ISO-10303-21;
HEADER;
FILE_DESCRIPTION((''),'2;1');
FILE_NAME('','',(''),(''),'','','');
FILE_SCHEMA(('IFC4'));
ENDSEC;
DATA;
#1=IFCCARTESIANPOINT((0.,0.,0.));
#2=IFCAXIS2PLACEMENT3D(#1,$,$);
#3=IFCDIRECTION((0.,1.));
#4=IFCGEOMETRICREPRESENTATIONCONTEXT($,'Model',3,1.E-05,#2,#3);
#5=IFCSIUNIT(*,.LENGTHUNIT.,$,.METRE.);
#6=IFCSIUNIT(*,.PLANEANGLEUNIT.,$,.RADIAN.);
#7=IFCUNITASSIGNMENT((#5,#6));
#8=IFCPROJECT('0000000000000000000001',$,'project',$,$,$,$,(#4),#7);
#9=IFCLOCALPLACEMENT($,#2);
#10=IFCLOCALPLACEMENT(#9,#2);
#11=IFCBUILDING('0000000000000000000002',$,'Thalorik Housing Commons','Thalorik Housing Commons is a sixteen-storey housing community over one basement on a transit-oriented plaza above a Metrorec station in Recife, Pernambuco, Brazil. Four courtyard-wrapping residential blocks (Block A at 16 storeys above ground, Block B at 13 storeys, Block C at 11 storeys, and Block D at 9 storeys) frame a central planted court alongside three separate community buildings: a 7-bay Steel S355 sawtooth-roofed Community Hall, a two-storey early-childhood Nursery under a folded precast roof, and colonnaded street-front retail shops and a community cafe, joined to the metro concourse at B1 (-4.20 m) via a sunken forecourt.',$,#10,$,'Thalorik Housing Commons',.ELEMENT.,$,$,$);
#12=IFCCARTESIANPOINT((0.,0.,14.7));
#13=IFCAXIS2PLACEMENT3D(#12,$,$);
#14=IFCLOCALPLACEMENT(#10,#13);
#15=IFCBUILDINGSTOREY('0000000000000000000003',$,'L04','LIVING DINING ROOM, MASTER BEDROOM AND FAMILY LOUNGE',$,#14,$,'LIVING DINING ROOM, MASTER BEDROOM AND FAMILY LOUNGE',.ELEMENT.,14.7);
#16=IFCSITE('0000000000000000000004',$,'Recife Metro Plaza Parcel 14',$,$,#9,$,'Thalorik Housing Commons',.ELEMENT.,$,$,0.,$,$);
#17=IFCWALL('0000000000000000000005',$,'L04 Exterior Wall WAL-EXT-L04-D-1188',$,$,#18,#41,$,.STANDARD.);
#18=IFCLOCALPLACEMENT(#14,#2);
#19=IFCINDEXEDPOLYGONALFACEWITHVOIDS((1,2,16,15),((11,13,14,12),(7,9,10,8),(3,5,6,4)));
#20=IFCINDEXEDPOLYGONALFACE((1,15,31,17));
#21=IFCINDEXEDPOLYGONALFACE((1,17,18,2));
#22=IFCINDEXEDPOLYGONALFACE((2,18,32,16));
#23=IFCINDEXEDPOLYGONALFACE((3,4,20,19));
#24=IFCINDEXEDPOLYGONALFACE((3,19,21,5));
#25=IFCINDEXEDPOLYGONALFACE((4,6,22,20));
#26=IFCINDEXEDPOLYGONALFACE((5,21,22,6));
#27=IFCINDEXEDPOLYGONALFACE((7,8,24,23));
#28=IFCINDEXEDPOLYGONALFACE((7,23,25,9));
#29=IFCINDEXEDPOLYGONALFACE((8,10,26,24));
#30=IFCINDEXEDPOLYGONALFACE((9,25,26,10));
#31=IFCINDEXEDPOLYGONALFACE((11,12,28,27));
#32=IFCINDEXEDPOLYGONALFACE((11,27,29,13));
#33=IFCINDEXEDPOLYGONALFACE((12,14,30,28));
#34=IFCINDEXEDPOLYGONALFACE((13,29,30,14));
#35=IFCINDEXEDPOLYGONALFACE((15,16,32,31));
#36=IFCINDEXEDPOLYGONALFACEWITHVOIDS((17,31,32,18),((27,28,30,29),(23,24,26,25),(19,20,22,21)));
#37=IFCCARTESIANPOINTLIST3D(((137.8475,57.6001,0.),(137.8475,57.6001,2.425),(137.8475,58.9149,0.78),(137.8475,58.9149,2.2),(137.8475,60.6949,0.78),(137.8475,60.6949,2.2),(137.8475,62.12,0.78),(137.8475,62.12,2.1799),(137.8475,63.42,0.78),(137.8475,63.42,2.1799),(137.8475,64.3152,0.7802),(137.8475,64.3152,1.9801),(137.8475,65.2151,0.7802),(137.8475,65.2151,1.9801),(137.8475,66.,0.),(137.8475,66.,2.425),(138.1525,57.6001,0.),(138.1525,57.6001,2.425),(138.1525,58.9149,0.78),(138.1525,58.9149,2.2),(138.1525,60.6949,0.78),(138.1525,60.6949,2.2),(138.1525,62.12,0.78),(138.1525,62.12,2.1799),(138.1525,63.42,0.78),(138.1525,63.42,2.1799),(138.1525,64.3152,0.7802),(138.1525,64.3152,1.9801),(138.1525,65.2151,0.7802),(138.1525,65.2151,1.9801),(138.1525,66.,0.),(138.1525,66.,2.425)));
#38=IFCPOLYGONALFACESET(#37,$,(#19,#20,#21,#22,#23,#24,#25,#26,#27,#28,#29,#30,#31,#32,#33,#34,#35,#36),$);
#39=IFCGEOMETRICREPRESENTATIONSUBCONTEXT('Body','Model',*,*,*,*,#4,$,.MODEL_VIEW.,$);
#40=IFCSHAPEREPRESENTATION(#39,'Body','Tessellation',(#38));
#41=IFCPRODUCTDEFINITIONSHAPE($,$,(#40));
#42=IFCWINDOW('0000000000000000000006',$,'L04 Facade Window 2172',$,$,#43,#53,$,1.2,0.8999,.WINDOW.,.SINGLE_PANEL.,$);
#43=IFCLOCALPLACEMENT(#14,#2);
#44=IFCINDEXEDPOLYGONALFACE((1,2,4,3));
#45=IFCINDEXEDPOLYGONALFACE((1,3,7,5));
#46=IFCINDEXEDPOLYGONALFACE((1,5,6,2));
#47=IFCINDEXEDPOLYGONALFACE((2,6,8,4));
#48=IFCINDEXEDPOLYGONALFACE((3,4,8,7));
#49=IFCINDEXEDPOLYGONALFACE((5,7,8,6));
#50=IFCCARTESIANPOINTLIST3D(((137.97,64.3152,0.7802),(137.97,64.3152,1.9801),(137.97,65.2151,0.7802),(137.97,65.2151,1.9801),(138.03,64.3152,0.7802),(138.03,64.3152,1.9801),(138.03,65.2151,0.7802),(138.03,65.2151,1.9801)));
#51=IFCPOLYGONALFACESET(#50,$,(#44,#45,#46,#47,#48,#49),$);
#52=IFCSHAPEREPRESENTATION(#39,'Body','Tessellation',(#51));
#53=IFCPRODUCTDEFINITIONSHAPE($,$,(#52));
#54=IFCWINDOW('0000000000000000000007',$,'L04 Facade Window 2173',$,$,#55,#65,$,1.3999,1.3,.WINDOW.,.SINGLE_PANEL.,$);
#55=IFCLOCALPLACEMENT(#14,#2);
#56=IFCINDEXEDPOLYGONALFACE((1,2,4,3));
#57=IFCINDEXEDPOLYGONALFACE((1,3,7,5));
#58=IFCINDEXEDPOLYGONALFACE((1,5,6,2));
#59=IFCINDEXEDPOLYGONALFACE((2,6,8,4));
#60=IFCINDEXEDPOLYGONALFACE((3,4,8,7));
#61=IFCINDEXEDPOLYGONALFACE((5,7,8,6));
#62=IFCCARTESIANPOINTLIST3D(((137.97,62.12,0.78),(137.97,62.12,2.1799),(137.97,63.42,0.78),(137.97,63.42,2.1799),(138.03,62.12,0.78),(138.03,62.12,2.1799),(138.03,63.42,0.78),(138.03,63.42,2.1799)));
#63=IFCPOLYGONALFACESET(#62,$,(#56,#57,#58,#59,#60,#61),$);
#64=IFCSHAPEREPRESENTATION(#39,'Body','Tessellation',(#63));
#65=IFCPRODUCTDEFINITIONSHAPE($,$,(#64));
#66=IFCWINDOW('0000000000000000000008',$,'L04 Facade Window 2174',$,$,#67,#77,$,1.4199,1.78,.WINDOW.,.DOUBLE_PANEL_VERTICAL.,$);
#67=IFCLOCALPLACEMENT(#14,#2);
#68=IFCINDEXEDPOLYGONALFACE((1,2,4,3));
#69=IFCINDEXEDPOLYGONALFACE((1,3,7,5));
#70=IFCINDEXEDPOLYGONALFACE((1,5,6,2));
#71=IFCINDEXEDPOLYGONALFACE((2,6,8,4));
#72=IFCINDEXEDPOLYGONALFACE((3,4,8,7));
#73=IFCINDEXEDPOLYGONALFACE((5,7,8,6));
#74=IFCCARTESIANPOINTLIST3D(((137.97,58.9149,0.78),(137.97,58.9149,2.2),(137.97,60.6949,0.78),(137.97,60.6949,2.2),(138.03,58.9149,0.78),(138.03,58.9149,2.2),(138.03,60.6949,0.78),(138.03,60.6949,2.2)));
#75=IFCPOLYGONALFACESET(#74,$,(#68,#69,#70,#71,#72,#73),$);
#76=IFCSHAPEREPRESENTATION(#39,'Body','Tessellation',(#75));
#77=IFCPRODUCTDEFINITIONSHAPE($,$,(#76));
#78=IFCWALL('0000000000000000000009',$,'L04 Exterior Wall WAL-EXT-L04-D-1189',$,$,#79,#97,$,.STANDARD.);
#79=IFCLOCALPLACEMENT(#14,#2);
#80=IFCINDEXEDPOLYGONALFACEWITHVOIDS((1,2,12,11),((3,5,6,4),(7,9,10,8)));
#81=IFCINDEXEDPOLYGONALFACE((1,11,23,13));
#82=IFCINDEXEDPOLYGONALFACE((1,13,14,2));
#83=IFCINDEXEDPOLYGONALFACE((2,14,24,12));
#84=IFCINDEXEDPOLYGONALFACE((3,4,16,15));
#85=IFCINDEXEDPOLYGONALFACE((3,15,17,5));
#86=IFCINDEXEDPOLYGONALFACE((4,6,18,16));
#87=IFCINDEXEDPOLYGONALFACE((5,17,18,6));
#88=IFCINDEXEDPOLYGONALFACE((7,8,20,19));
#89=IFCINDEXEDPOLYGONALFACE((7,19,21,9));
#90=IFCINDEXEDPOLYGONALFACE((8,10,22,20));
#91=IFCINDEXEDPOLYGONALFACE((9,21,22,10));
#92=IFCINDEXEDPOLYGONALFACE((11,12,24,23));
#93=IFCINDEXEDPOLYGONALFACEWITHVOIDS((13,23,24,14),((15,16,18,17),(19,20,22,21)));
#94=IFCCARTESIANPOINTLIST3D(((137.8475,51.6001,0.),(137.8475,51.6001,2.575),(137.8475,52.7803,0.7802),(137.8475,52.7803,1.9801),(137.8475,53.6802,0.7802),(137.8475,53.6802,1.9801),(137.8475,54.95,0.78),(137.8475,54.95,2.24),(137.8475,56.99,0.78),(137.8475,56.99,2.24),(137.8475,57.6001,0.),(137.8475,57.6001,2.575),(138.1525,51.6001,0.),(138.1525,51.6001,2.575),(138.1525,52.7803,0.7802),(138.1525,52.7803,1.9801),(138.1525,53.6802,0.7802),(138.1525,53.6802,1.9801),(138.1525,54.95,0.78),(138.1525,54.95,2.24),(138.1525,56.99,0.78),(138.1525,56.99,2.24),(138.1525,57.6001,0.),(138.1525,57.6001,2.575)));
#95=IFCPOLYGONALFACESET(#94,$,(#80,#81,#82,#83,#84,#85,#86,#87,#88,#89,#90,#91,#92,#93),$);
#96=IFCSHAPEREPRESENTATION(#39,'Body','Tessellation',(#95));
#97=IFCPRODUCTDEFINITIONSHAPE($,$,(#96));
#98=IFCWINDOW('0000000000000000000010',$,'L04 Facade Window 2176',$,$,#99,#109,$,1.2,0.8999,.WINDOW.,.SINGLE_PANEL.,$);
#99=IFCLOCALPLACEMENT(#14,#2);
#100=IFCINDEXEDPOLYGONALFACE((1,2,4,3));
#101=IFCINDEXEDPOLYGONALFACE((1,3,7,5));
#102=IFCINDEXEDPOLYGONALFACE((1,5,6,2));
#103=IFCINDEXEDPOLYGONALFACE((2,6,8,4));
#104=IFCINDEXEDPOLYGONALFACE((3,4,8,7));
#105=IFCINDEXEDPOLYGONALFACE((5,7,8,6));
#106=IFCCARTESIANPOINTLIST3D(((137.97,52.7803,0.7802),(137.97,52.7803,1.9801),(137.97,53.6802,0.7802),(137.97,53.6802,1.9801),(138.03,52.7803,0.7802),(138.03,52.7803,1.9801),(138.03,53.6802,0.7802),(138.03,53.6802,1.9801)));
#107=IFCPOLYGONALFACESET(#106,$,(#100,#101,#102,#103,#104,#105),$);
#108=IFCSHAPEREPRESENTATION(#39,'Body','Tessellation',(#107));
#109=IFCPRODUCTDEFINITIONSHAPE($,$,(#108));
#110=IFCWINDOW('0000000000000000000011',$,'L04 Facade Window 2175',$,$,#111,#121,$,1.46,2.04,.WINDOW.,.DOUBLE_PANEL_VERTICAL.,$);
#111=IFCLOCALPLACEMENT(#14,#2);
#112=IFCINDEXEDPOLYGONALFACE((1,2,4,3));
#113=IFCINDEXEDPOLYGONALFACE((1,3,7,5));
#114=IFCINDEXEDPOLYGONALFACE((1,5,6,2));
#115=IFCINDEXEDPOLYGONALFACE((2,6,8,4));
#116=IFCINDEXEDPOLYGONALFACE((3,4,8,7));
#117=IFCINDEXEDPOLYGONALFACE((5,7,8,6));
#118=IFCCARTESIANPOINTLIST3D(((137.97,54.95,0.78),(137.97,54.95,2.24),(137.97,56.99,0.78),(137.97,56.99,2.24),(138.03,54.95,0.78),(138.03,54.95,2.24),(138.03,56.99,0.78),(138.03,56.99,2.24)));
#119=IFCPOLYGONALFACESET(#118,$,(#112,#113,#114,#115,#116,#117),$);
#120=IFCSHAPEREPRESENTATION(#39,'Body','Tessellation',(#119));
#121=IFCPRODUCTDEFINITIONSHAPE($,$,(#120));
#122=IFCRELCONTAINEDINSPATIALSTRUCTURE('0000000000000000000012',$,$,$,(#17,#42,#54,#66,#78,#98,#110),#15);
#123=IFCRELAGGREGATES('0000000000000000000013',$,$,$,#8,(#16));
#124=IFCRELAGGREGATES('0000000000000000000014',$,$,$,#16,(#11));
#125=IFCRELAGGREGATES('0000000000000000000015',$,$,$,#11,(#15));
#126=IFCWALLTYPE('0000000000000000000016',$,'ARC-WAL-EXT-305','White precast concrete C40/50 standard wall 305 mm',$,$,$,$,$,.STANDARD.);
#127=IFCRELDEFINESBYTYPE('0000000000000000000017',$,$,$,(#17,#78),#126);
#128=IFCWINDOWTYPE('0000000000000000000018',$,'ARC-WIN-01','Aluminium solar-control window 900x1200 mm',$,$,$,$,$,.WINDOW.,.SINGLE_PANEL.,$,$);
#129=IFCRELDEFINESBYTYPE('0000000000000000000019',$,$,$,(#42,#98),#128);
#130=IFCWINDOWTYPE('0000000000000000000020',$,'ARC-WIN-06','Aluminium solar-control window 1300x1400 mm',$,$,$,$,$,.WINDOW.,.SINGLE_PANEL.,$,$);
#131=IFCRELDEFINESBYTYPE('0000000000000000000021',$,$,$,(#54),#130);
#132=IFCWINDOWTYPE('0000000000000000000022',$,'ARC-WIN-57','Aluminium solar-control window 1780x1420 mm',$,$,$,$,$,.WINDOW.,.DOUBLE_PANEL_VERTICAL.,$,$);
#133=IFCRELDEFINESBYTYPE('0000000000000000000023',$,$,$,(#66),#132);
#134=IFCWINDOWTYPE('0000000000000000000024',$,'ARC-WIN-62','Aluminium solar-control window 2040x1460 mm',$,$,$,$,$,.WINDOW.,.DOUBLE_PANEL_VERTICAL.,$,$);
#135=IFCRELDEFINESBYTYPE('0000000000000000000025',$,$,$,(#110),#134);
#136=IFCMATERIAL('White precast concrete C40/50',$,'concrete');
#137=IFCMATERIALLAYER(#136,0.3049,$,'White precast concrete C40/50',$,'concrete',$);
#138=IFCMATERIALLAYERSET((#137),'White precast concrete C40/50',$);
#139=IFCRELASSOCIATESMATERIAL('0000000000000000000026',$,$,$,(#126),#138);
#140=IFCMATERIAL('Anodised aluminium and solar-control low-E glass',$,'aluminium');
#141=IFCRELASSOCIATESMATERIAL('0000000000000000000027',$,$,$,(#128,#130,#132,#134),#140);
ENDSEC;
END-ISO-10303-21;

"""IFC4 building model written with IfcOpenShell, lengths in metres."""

from ifc_helpers import new_model, si_unit, direction, frame, frame_2d, origin, place, context, subcontext, project, spatial, rectangle, extrude, material, layer, layer_set, type_object, element, fill, save


model = new_model("IFC4")

# Units and contexts
model_context = context("Model", 3, precision=1e-05, world=origin(), true_north=direction((0.0, 1.0)))
body_context = subcontext(model_context, "Body", "Model", "MODEL_VIEW")
ifc_project = project(units=[si_unit("LENGTHUNIT", "METRE"), si_unit("PLANEANGLEUNIT", "RADIAN")], contexts=[model_context])

# Site, building, storey
site_placement = place(None, origin())
site = spatial("IfcSite", under=ifc_project, at=site_placement, Name="Recife Metro Plaza Parcel 14", LongName="Thalorik Housing Commons", CompositionType="ELEMENT", RefElevation=0.0)
building_placement = place(site_placement, origin())
building = spatial("IfcBuilding", under=site, at=building_placement, Name="Thalorik Housing Commons", Description="Thalorik Housing Commons is a sixteen-storey housing community over one basement on a transit-oriented plaza above a Metrorec station in Recife, Pernambuco, Brazil. Four courtyard-wrapping residential blocks (Block A at 16 storeys above ground, Block B at 13 storeys, Block C at 11 storeys, and Block D at 9 storeys) frame a central planted court alongside three separate community buildings: a 7-bay Steel S355 sawtooth-roofed Community Hall, a two-storey early-childhood Nursery under a folded precast roof, and colonnaded street-front retail shops and a community cafe, joined to the metro concourse at B1 (-4.20 m) via a sunken forecourt.", LongName="Thalorik Housing Commons", CompositionType="ELEMENT")
storey_placement = place(building_placement, frame((0.0, 0.0, 14.7)))
storey = spatial("IfcBuildingStorey", under=building, at=storey_placement, Name="L04", Description="LIVING DINING ROOM, MASTER BEDROOM AND FAMILY LOUNGE", LongName="LIVING DINING ROOM, MASTER BEDROOM AND FAMILY LOUNGE", CompositionType="ELEMENT", Elevation=14.7)

# Walls, openings, windows
ifc_material_1 = material(Name="White precast concrete C40/50", Category="concrete")
ifc_layer_1 = layer(ifc_material_1, 0.3049, Name="White precast concrete C40/50", Category="concrete")
ifc_layer_set_1 = layer_set([ifc_layer_1], Name="White precast concrete C40/50")
wall_type_1 = type_object("IfcWallType", Name="ARC-WAL-EXT-305", Description="White precast concrete C40/50 standard wall 305 mm", PredefinedType="STANDARD", material=ifc_layer_set_1)
wall_1_placement = place(storey_placement, frame((138.0, 66.0, 0.0), z_axis=(0.0, 0.0, 1.0), x_axis=(0.0, -1.0, 0.0)))
wall_1 = element("IfcWall", 1, at=wall_1_placement, inside=storey, type_object=wall_type_1, Name="L04 Exterior Wall WAL-EXT-L04-D-1188", PredefinedType="STANDARD", context=body_context, shape_type="SweptSolid", body=[
    extrude(rectangle(XDim=8.3999, YDim=0.3049, at=frame_2d((4.2, 0.0))), origin(), (0.0, 0.0, 1.0), 2.425),
])
opening_1_placement = place(wall_1_placement, frame((0.7849, 0.0, 0.78)))
opening_1 = element("IfcOpeningElement", 2, at=opening_1_placement, cuts=wall_1, PredefinedType="OPENING", context=body_context, shape_type="SweptSolid", body=[
    extrude(rectangle(XDim=0.8999, YDim=1.2, at=frame_2d((0.45, 0.6001))), frame((0.0, 0.1626, 0.0), z_axis=(0.0, -1.0, 0.0), x_axis=(1.0, 0.0, 0.0)), (0.0, 0.0, 1.0), 0.325),
])
opening_2_placement = place(wall_1_placement, frame((2.5801, 0.0, 0.78)))
opening_2 = element("IfcOpeningElement", 3, at=opening_2_placement, cuts=wall_1, PredefinedType="OPENING", context=body_context, shape_type="SweptSolid", body=[
    extrude(rectangle(XDim=1.3, YDim=1.3999, at=frame_2d((0.6499, 0.7))), frame((0.0, 0.1626, 0.0), z_axis=(0.0, -1.0, 0.0), x_axis=(1.0, 0.0, 0.0)), (0.0, 0.0, 1.0), 0.325),
])
opening_3_placement = place(wall_1_placement, frame((5.3049, 0.0, 0.78)))
opening_3 = element("IfcOpeningElement", 4, at=opening_3_placement, cuts=wall_1, PredefinedType="OPENING", context=body_context, shape_type="SweptSolid", body=[
    extrude(rectangle(XDim=1.78, YDim=1.4199, at=frame_2d((0.8901, 0.71))), frame((0.0, 0.1626, 0.0), z_axis=(0.0, -1.0, 0.0), x_axis=(1.0, 0.0, 0.0)), (0.0, 0.0, 1.0), 0.325),
])
ifc_material_2 = material(Name="Anodised aluminium and solar-control low-E glass", Category="aluminium")
window_type_1 = type_object("IfcWindowType", Name="ARC-WIN-01", Description="Aluminium solar-control window 900x1200 mm", PartitioningType="SINGLE_PANEL", PredefinedType="WINDOW", material=ifc_material_2)
window_1_placement = place(opening_1_placement, origin())
window_1 = element("IfcWindow", 5, at=window_1_placement, inside=storey, type_object=window_type_1, Name="L04 Facade Window 2172", OverallHeight=1.2, OverallWidth=0.8999, PartitioningType="SINGLE_PANEL", PredefinedType="WINDOW", context=body_context, shape_type="SweptSolid", body=[
    extrude(rectangle(XDim=0.8999, YDim=1.2, at=frame_2d((0.45, 0.6001))), frame((0.0, 0.03, 0.0), z_axis=(0.0, -1.0, 0.0), x_axis=(1.0, 0.0, 0.0)), (0.0, 0.0, 1.0), 0.0601),
])
fill(opening_1, window_1)
window_type_2 = type_object("IfcWindowType", Name="ARC-WIN-06", Description="Aluminium solar-control window 1300x1400 mm", PartitioningType="SINGLE_PANEL", PredefinedType="WINDOW", material=ifc_material_2)
window_2_placement = place(opening_2_placement, origin())
window_2 = element("IfcWindow", 6, at=window_2_placement, inside=storey, type_object=window_type_2, Name="L04 Facade Window 2173", OverallHeight=1.3999, OverallWidth=1.3, PartitioningType="SINGLE_PANEL", PredefinedType="WINDOW", context=body_context, shape_type="SweptSolid", body=[
    extrude(rectangle(XDim=1.3, YDim=1.3999, at=frame_2d((0.6499, 0.7))), frame((0.0, 0.03, 0.0), z_axis=(0.0, -1.0, 0.0), x_axis=(1.0, 0.0, 0.0)), (0.0, 0.0, 1.0), 0.0601),
])
fill(opening_2, window_2)
window_type_3 = type_object("IfcWindowType", Name="ARC-WIN-57", Description="Aluminium solar-control window 1780x1420 mm", PartitioningType="DOUBLE_PANEL_VERTICAL", PredefinedType="WINDOW", material=ifc_material_2)
window_3_placement = place(opening_3_placement, origin())
window_3 = element("IfcWindow", 7, at=window_3_placement, inside=storey, type_object=window_type_3, Name="L04 Facade Window 2174", OverallHeight=1.4199, OverallWidth=1.78, PartitioningType="DOUBLE_PANEL_VERTICAL", PredefinedType="WINDOW", context=body_context, shape_type="SweptSolid", body=[
    extrude(rectangle(XDim=1.78, YDim=1.4199, at=frame_2d((0.8901, 0.71))), frame((0.0, 0.03, 0.0), z_axis=(0.0, -1.0, 0.0), x_axis=(1.0, 0.0, 0.0)), (0.0, 0.0, 1.0), 0.0601),
])
fill(opening_3, window_3)
wall_2_placement = place(storey_placement, frame((138.0, 57.6001, 0.0), z_axis=(0.0, 0.0, 1.0), x_axis=(0.0, -1.0, 0.0)))
wall_2 = element("IfcWall", 8, at=wall_2_placement, inside=storey, type_object=wall_type_1, Name="L04 Exterior Wall WAL-EXT-L04-D-1189", PredefinedType="STANDARD", context=body_context, shape_type="SweptSolid", body=[
    extrude(rectangle(XDim=6.0, YDim=0.3049, at=frame_2d((3.0, 0.0))), origin(), (0.0, 0.0, 1.0), 2.575),
])
opening_4_placement = place(wall_2_placement, frame((0.6101, 0.0, 0.78)))
opening_4 = element("IfcOpeningElement", 9, at=opening_4_placement, cuts=wall_2, PredefinedType="OPENING", context=body_context, shape_type="SweptSolid", body=[
    extrude(rectangle(XDim=2.04, YDim=1.46, at=frame_2d((1.02, 0.73))), frame((0.0, 0.1626, 0.0), z_axis=(0.0, -1.0, 0.0), x_axis=(1.0, 0.0, 0.0)), (0.0, 0.0, 1.0), 0.325),
])
opening_5_placement = place(wall_2_placement, frame((3.9199, 0.0, 0.78)))
opening_5 = element("IfcOpeningElement", 10, at=opening_5_placement, cuts=wall_2, PredefinedType="OPENING", context=body_context, shape_type="SweptSolid", body=[
    extrude(rectangle(XDim=0.8999, YDim=1.2, at=frame_2d((0.45, 0.6001))), frame((0.0, 0.1626, 0.0), z_axis=(0.0, -1.0, 0.0), x_axis=(1.0, 0.0, 0.0)), (0.0, 0.0, 1.0), 0.325),
])
window_4_placement = place(opening_5_placement, origin())
window_4 = element("IfcWindow", 11, at=window_4_placement, inside=storey, type_object=window_type_1, Name="L04 Facade Window 2176", OverallHeight=1.2, OverallWidth=0.8999, PartitioningType="SINGLE_PANEL", PredefinedType="WINDOW", context=body_context, shape_type="SweptSolid", body=[
    extrude(rectangle(XDim=0.8999, YDim=1.2, at=frame_2d((0.45, 0.6001))), frame((0.0, 0.03, 0.0), z_axis=(0.0, -1.0, 0.0), x_axis=(1.0, 0.0, 0.0)), (0.0, 0.0, 1.0), 0.0601),
])
fill(opening_5, window_4)
window_type_4 = type_object("IfcWindowType", Name="ARC-WIN-62", Description="Aluminium solar-control window 2040x1460 mm", PartitioningType="DOUBLE_PANEL_VERTICAL", PredefinedType="WINDOW", material=ifc_material_2)
window_5_placement = place(opening_4_placement, origin())
window_5 = element("IfcWindow", 12, at=window_5_placement, inside=storey, type_object=window_type_4, Name="L04 Facade Window 2175", OverallHeight=1.46, OverallWidth=2.04, PartitioningType="DOUBLE_PANEL_VERTICAL", PredefinedType="WINDOW", context=body_context, shape_type="SweptSolid", body=[
    extrude(rectangle(XDim=2.04, YDim=1.46, at=frame_2d((1.02, 0.73))), frame((0.0, 0.03, 0.0), z_axis=(0.0, -1.0, 0.0), x_axis=(1.0, 0.0, 0.0)), (0.0, 0.0, 1.0), 0.0601),
])
fill(opening_4, window_5)

save(model, "model.ifc")
